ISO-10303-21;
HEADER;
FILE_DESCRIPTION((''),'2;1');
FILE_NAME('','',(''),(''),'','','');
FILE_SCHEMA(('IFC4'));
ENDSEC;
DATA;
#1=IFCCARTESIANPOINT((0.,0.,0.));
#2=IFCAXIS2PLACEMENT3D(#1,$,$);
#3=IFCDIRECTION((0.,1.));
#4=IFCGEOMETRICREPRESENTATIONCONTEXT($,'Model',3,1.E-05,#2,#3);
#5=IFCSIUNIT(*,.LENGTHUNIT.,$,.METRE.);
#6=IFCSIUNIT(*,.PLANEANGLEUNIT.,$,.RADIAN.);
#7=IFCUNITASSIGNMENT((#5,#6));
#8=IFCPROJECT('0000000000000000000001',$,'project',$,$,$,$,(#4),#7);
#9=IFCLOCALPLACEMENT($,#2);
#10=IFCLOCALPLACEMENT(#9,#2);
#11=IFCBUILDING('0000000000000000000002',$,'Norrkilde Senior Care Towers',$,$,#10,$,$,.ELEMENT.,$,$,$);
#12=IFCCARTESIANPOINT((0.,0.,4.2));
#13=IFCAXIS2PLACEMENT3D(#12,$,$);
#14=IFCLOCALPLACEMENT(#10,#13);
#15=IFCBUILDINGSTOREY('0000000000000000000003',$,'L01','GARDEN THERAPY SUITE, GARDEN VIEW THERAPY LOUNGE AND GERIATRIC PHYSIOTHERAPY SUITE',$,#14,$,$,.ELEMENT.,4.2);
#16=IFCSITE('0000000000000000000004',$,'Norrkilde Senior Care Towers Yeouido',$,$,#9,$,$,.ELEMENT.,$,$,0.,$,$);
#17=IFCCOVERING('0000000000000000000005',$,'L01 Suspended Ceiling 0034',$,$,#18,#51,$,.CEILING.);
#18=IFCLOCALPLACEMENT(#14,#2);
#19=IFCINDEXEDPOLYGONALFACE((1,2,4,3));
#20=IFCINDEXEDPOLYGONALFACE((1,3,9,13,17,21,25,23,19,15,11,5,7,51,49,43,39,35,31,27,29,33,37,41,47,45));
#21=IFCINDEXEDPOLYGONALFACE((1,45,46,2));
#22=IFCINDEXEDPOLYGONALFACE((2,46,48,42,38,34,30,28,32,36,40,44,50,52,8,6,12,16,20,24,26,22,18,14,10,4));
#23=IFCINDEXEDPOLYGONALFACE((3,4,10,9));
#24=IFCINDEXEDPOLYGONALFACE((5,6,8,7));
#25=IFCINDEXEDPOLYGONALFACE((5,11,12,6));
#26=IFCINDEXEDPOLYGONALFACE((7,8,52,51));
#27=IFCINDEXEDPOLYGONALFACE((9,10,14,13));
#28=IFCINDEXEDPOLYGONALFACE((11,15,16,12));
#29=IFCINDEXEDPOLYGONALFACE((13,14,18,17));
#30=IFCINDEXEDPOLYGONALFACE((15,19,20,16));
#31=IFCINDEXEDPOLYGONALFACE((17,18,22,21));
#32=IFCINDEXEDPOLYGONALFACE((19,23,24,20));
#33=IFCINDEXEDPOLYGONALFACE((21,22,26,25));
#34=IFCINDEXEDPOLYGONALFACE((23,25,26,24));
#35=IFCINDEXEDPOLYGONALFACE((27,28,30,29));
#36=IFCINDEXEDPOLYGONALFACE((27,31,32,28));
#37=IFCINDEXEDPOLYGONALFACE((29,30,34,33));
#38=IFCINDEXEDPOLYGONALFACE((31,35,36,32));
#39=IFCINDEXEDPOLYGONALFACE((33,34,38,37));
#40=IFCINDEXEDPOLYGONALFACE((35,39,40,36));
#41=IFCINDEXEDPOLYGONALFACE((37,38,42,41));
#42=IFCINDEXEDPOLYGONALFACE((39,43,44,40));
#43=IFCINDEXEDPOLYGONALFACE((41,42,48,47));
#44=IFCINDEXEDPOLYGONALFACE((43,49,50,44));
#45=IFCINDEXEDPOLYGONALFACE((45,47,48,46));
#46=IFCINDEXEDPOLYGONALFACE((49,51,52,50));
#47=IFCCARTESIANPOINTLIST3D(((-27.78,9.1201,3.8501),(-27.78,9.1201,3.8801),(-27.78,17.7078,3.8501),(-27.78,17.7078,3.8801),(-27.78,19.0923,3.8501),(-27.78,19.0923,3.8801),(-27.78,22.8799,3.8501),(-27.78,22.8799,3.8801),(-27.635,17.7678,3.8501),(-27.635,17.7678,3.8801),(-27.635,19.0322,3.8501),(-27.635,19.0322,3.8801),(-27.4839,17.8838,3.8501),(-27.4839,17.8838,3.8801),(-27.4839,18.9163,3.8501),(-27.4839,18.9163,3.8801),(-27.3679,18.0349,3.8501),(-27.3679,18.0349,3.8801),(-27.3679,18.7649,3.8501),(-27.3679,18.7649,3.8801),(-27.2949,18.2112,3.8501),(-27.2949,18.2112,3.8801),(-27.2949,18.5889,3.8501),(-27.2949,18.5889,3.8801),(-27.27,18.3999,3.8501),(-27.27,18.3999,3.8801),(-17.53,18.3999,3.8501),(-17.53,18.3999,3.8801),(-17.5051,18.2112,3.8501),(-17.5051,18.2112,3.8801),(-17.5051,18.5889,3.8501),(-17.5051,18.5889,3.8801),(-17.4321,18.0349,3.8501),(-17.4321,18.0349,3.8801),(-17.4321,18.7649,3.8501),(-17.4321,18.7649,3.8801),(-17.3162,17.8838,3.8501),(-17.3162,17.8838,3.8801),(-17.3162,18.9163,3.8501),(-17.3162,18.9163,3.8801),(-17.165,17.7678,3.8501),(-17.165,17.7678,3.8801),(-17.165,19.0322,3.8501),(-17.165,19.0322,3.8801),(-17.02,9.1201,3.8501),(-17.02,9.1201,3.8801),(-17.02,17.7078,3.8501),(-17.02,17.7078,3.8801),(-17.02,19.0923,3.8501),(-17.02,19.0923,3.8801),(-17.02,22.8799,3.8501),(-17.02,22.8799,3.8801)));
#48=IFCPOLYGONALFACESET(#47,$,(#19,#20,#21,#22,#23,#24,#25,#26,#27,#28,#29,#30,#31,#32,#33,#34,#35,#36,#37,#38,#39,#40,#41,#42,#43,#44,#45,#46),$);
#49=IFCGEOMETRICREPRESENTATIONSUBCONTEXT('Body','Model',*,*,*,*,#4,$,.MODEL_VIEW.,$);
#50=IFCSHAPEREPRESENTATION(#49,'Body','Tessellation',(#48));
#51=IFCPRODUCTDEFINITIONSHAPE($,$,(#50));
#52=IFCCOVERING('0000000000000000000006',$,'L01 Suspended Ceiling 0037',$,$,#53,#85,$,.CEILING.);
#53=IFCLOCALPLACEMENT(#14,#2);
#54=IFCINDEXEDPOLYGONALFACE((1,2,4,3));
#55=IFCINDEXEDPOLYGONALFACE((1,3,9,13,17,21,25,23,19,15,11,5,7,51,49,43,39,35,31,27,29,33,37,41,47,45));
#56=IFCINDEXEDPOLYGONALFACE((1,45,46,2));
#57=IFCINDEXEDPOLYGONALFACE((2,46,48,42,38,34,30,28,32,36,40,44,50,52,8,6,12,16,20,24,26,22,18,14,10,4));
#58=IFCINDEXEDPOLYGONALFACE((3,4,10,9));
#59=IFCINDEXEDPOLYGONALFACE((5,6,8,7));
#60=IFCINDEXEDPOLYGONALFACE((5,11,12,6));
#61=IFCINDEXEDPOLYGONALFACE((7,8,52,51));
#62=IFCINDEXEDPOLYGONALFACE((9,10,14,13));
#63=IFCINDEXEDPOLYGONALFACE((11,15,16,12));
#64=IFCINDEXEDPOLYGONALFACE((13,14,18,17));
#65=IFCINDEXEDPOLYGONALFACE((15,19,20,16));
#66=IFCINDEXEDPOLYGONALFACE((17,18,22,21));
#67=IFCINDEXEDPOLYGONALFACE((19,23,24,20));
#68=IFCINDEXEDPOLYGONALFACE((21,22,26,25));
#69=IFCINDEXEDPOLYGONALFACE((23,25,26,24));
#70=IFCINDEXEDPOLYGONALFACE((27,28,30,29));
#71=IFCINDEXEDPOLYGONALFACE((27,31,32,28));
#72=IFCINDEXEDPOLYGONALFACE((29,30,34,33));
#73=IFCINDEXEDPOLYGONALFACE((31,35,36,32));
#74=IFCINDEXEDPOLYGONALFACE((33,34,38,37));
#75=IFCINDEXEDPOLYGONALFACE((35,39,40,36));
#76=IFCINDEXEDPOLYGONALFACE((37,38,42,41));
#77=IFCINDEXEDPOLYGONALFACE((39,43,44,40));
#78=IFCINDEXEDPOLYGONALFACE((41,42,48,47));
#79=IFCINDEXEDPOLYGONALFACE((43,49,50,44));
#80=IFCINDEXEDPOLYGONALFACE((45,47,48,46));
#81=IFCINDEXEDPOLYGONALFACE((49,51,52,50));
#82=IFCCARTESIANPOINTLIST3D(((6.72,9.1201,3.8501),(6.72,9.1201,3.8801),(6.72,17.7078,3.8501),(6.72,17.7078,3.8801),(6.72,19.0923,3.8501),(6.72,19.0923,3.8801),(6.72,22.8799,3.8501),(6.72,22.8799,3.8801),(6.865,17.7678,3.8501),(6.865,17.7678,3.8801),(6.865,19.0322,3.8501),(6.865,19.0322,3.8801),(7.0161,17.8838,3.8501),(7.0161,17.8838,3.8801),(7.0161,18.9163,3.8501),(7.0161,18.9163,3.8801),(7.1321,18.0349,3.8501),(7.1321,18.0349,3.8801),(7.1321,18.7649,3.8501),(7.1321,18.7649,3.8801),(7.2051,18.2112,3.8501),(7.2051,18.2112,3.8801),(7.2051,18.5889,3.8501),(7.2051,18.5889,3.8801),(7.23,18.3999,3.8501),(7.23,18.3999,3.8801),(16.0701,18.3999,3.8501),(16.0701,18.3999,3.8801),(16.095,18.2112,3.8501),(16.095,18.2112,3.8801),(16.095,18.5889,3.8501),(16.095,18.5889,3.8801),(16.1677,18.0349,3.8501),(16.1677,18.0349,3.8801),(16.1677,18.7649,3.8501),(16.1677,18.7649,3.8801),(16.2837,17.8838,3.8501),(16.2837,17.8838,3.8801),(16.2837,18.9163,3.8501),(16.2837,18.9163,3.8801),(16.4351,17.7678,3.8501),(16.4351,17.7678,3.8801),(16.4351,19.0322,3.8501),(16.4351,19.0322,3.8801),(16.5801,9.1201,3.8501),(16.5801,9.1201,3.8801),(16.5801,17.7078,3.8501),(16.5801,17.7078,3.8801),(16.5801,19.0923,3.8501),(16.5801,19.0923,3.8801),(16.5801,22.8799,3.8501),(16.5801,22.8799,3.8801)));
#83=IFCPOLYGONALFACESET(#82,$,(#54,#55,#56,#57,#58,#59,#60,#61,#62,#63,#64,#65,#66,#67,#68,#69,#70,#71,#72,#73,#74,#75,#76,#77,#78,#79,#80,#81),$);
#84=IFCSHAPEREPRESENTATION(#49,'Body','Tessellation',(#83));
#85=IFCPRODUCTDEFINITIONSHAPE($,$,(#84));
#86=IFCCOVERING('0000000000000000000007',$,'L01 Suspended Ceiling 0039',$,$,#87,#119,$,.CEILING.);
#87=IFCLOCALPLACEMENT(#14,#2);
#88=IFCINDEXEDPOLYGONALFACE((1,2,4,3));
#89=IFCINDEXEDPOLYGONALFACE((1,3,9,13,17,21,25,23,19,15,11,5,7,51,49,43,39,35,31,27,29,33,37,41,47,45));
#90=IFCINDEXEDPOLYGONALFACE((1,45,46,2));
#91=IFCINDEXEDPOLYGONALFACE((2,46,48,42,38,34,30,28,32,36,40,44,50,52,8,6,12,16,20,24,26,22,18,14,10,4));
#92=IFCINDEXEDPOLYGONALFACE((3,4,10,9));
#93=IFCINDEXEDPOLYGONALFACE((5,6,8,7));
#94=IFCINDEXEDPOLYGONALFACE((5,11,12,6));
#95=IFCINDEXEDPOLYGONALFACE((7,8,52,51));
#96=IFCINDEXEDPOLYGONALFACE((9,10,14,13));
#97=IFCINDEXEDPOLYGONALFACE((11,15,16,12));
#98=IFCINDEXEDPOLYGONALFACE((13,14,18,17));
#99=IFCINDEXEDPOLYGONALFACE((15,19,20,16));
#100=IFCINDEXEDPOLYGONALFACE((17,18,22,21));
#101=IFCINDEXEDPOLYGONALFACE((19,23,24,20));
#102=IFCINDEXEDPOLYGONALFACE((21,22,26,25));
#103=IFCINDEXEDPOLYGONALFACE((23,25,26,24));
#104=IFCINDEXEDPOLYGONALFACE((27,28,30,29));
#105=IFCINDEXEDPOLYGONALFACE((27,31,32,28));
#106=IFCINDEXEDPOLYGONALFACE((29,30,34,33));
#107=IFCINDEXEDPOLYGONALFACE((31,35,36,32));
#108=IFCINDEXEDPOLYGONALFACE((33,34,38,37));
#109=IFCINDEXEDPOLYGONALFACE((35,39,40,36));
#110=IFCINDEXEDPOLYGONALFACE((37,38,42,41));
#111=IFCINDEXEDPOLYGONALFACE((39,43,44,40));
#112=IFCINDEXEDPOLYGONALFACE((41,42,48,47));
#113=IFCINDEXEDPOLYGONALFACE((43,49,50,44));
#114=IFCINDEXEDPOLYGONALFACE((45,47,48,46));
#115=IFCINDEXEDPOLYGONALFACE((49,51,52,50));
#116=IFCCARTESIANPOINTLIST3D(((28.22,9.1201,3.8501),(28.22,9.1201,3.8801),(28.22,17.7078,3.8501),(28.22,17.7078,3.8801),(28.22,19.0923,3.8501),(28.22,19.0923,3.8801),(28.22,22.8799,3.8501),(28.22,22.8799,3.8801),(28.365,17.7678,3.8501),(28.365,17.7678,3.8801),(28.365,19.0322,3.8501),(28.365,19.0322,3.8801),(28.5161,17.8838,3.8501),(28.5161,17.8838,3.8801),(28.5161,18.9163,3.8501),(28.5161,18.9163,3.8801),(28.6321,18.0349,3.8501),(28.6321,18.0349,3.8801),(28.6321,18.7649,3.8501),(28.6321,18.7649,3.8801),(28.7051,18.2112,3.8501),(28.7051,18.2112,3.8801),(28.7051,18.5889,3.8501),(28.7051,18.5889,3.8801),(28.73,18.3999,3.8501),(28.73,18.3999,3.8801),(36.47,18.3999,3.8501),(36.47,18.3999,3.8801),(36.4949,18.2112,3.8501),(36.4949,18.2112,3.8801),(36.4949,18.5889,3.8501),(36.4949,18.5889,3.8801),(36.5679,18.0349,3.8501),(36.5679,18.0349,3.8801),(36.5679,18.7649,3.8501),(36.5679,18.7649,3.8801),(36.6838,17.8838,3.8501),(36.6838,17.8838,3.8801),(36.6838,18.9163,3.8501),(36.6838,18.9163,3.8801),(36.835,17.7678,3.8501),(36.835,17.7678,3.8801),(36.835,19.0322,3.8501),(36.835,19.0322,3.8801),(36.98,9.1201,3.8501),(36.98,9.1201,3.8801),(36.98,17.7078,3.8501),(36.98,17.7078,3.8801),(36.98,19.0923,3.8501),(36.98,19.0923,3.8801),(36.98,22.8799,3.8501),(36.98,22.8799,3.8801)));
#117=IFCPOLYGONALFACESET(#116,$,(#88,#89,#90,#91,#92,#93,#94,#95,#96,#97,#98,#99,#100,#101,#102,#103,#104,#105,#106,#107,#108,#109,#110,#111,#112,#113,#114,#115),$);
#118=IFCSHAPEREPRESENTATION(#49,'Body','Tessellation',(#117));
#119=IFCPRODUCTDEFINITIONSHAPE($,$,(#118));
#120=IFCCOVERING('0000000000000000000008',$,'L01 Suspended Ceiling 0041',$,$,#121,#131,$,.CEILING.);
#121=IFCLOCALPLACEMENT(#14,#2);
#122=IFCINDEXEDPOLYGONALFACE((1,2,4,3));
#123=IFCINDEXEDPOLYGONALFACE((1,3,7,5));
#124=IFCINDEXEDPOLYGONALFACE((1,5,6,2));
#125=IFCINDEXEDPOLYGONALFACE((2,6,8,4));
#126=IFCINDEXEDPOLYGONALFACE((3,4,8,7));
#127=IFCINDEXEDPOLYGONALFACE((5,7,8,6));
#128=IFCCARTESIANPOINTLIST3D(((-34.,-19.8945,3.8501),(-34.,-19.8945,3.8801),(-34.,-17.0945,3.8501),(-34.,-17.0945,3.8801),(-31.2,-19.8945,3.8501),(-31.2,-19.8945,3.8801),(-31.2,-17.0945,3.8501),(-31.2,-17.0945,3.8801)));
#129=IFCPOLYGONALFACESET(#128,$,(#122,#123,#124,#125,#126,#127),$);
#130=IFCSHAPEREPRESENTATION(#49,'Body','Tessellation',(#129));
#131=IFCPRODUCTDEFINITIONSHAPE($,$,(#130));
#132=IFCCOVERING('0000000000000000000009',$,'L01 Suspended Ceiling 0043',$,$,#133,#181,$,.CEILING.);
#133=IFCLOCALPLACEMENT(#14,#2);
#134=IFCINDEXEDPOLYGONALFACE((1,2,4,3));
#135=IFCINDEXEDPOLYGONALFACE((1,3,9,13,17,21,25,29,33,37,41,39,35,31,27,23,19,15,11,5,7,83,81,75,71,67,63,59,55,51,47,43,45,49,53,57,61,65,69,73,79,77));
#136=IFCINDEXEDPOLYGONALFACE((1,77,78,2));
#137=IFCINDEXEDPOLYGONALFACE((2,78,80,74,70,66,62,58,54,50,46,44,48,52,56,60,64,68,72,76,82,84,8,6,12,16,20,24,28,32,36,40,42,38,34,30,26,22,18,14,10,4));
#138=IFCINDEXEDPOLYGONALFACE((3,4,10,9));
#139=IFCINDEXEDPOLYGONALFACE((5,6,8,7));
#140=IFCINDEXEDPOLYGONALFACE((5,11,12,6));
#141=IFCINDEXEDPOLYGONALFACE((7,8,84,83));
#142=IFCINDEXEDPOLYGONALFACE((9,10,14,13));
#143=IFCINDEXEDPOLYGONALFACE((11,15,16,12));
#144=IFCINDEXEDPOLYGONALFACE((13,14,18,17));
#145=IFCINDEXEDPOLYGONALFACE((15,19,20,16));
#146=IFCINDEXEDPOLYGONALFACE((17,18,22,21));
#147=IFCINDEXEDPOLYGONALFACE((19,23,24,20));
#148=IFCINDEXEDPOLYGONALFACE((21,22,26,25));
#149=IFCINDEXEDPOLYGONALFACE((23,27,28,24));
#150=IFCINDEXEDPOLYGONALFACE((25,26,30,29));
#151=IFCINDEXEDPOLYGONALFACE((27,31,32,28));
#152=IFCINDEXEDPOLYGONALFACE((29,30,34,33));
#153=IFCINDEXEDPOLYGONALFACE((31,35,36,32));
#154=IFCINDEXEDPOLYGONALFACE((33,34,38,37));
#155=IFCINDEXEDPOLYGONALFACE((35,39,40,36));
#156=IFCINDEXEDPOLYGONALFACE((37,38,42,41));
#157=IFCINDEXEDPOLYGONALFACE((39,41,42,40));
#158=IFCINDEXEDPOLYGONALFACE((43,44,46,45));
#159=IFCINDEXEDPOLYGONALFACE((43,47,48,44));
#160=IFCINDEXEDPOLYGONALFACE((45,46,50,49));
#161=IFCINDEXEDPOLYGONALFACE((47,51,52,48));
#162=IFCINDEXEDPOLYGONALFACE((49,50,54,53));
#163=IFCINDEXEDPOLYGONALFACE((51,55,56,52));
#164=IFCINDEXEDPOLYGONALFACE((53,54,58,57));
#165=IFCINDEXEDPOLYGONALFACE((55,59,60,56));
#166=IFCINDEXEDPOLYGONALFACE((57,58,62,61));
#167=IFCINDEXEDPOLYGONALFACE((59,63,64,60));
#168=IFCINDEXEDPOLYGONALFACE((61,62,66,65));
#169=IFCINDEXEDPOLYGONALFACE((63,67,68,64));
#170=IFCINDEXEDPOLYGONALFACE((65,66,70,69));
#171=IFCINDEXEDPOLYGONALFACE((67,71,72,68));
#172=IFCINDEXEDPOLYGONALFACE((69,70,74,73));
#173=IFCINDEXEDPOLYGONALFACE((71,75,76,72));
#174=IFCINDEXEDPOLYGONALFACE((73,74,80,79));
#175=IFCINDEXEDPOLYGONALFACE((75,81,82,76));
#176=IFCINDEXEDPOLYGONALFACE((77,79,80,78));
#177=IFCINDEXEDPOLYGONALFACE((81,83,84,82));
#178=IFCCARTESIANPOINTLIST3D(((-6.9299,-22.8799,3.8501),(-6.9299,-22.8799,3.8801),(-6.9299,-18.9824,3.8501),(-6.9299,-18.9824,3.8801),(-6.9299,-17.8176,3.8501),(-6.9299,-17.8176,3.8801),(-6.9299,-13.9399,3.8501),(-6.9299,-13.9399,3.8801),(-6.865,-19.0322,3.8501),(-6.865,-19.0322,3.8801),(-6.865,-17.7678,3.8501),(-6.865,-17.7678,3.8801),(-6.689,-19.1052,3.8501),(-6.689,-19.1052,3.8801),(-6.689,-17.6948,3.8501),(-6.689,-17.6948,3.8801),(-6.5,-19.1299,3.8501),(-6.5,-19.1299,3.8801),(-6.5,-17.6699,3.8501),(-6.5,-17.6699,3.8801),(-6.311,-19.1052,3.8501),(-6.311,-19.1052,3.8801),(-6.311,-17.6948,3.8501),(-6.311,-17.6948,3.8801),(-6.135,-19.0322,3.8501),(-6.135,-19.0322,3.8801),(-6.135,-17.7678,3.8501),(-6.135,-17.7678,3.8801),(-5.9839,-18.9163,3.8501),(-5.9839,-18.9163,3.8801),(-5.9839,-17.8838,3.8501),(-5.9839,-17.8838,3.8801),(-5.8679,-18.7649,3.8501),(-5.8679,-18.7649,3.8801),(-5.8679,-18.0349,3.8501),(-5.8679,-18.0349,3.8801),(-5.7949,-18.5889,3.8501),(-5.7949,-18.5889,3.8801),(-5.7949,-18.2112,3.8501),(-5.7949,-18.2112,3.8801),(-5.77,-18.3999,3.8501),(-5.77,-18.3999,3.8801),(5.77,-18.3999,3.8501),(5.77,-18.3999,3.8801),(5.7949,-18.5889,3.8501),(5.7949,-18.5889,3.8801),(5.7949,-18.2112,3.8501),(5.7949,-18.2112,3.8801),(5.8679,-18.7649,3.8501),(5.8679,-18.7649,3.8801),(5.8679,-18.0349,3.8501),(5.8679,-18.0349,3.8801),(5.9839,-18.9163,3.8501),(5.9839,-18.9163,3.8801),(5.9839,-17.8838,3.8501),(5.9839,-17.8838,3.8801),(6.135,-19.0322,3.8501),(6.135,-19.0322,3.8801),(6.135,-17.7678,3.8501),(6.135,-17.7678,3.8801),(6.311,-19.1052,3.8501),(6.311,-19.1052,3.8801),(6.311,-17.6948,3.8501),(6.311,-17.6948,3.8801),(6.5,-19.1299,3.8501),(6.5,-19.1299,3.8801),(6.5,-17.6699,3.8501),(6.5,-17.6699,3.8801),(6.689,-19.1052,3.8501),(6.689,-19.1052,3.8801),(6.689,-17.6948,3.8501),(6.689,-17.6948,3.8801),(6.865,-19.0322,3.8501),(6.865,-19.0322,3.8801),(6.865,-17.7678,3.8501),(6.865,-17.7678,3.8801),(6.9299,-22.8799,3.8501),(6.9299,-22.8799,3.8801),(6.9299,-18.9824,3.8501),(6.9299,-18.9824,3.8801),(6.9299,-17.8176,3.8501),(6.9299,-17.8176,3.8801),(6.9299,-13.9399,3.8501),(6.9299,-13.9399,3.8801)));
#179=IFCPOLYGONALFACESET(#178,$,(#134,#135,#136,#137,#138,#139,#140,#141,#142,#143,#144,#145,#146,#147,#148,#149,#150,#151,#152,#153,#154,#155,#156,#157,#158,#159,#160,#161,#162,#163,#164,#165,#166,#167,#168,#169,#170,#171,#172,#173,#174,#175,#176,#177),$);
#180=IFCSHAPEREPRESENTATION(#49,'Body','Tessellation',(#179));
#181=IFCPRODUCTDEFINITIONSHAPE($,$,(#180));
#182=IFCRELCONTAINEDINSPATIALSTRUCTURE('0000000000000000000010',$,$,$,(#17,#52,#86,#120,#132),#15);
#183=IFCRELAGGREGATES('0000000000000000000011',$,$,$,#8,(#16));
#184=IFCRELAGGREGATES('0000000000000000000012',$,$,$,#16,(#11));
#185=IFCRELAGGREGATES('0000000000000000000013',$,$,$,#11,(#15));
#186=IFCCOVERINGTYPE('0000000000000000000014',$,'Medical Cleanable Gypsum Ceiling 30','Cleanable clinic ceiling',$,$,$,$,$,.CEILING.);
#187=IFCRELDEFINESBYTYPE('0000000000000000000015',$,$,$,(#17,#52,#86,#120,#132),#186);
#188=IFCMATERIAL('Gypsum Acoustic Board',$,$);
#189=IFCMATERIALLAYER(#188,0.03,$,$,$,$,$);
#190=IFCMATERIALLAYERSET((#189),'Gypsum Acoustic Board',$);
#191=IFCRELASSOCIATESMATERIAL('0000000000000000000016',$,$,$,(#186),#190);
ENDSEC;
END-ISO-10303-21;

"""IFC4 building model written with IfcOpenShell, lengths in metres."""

from ifc_helpers import new_model, si_unit, direction, frame, origin, place, context, subcontext, project, spatial, polyline, outline, extrude, material, layer, layer_set, type_object, element, save


model = new_model("IFC4")

# Units and contexts
model_context = context("Model", 3, precision=1e-05, world=origin(), true_north=direction((0.0, 1.0)))
body_context = subcontext(model_context, "Body", "Model", "MODEL_VIEW")
ifc_project = project(units=[si_unit("LENGTHUNIT", "METRE"), si_unit("PLANEANGLEUNIT", "RADIAN")], contexts=[model_context])

# Site, building, storey
site_placement = place(None, origin())
site = spatial("IfcSite", under=ifc_project, at=site_placement, Name="Norrkilde Senior Care Towers Yeouido", CompositionType="ELEMENT", RefElevation=0.0)
building_placement = place(site_placement, origin())
building = spatial("IfcBuilding", under=site, at=building_placement, Name="Norrkilde Senior Care Towers", CompositionType="ELEMENT")
storey_placement = place(building_placement, frame((0.0, 0.0, 4.2)))
storey = spatial("IfcBuildingStorey", under=building, at=storey_placement, Name="L01", Description="GARDEN THERAPY SUITE, GARDEN VIEW THERAPY LOUNGE AND GERIATRIC PHYSIOTHERAPY SUITE", CompositionType="ELEMENT", Elevation=4.2)

# Shared definitions
ifc_material_1 = material(Name="Gypsum Acoustic Board")

# Coverings
ifc_layer_1 = layer(ifc_material_1, 0.03)
ifc_layer_set_1 = layer_set([ifc_layer_1], Name="Gypsum Acoustic Board")
covering_type_1 = type_object("IfcCoveringType", Name="Medical Cleanable Gypsum Ceiling 30", Description="Cleanable clinic ceiling", PredefinedType="CEILING", material=ifc_layer_set_1)
covering_1_placement = place(storey_placement, frame((0.0, 0.0, 3.8501)))
element("IfcCovering", 1, at=covering_1_placement, inside=storey, type_object=covering_type_1, Name="L01 Suspended Ceiling 0034", PredefinedType="CEILING", context=body_context, shape_type="SweptSolid", body=[
    extrude(outline(polyline([(-27.78, 9.1201), (-27.78, 17.7078), (-27.635, 17.7678), (-27.4839, 17.8838), (-27.3679, 18.0349), (-27.2949, 18.2112), (-27.27, 18.3999), (-27.2949, 18.5889), (-27.3679, 18.7649), (-27.4839, 18.9163), (-27.635, 19.0322), (-27.78, 19.0923), (-27.78, 22.8799), (-17.02, 22.8799), (-17.02, 19.0923), (-17.165, 19.0322), (-17.3162, 18.9163), (-17.4321, 18.7649), (-17.5051, 18.5889), (-17.53, 18.3999), (-17.5051, 18.2112), (-17.4321, 18.0349), (-17.3162, 17.8838), (-17.165, 17.7678), (-17.02, 17.7078), (-17.02, 9.1201), (-27.78, 9.1201)])), origin(), (0.0, 0.0, 1.0), 0.03),
])
covering_2_placement = place(storey_placement, frame((0.0, 0.0, 3.8501)))
element("IfcCovering", 2, at=covering_2_placement, inside=storey, type_object=covering_type_1, Name="L01 Suspended Ceiling 0037", PredefinedType="CEILING", context=body_context, shape_type="SweptSolid", body=[
    extrude(outline(polyline([(6.72, 9.1201), (6.72, 17.7078), (6.865, 17.7678), (7.0161, 17.8838), (7.1321, 18.0349), (7.2051, 18.2112), (7.23, 18.3999), (7.2051, 18.5889), (7.1321, 18.7649), (7.0161, 18.9163), (6.865, 19.0322), (6.72, 19.0923), (6.72, 22.8799), (16.5801, 22.8799), (16.5801, 19.0923), (16.4351, 19.0322), (16.2837, 18.9163), (16.1677, 18.7649), (16.095, 18.5889), (16.0701, 18.3999), (16.095, 18.2112), (16.1677, 18.0349), (16.2837, 17.8838), (16.4351, 17.7678), (16.5801, 17.7078), (16.5801, 9.1201), (6.72, 9.1201)])), origin(), (0.0, 0.0, 1.0), 0.03),
])
covering_3_placement = place(storey_placement, frame((0.0, 0.0, 3.8501)))
element("IfcCovering", 3, at=covering_3_placement, inside=storey, type_object=covering_type_1, Name="L01 Suspended Ceiling 0039", PredefinedType="CEILING", context=body_context, shape_type="SweptSolid", body=[
    extrude(outline(polyline([(28.22, 9.1201), (28.22, 17.7078), (28.365, 17.7678), (28.5161, 17.8838), (28.6321, 18.0349), (28.7051, 18.2112), (28.73, 18.3999), (28.7051, 18.5889), (28.6321, 18.7649), (28.5161, 18.9163), (28.365, 19.0322), (28.22, 19.0923), (28.22, 22.8799), (36.98, 22.8799), (36.98, 19.0923), (36.835, 19.0322), (36.6838, 18.9163), (36.5679, 18.7649), (36.4949, 18.5889), (36.47, 18.3999), (36.4949, 18.2112), (36.5679, 18.0349), (36.6838, 17.8838), (36.835, 17.7678), (36.98, 17.7078), (36.98, 9.1201), (28.22, 9.1201)])), origin(), (0.0, 0.0, 1.0), 0.03),
])
covering_4_placement = place(storey_placement, frame((0.0, 0.0, 3.8501)))
element("IfcCovering", 4, at=covering_4_placement, inside=storey, type_object=covering_type_1, Name="L01 Suspended Ceiling 0041", PredefinedType="CEILING", context=body_context, shape_type="SweptSolid", body=[
    extrude(outline(polyline([(-34.0, -19.8945), (-34.0, -17.0945), (-31.2, -17.0945), (-31.2, -19.8945), (-34.0, -19.8945)])), origin(), (0.0, 0.0, 1.0), 0.03),
])
covering_5_placement = place(storey_placement, frame((0.0, 0.0, 3.8501)))
element("IfcCovering", 5, at=covering_5_placement, inside=storey, type_object=covering_type_1, Name="L01 Suspended Ceiling 0043", PredefinedType="CEILING", context=body_context, shape_type="SweptSolid", body=[
    extrude(outline(polyline([(-6.9299, -22.8799), (-6.9299, -18.9824), (-6.865, -19.0322), (-6.689, -19.1052), (-6.5, -19.1299), (-6.311, -19.1052), (-6.135, -19.0322), (-5.9839, -18.9163), (-5.8679, -18.7649), (-5.7949, -18.5889), (-5.77, -18.3999), (-5.7949, -18.2112), (-5.8679, -18.0349), (-5.9839, -17.8838), (-6.135, -17.7678), (-6.311, -17.6948), (-6.5, -17.6699), (-6.689, -17.6948), (-6.865, -17.7678), (-6.9299, -17.8176), (-6.9299, -13.9399), (6.9299, -13.9399), (6.9299, -17.8176), (6.865, -17.7678), (6.689, -17.6948), (6.5, -17.6699), (6.311, -17.6948), (6.135, -17.7678), (5.9839, -17.8838), (5.8679, -18.0349), (5.7949, -18.2112), (5.77, -18.3999), (5.7949, -18.5889), (5.8679, -18.7649), (5.9839, -18.9163), (6.135, -19.0322), (6.311, -19.1052), (6.5, -19.1299), (6.689, -19.1052), (6.865, -19.0322), (6.9299, -18.9824), (6.9299, -22.8799), (-6.9299, -22.8799)])), origin(), (0.0, 0.0, 1.0), 0.03),
])

save(model, "model.ifc")
